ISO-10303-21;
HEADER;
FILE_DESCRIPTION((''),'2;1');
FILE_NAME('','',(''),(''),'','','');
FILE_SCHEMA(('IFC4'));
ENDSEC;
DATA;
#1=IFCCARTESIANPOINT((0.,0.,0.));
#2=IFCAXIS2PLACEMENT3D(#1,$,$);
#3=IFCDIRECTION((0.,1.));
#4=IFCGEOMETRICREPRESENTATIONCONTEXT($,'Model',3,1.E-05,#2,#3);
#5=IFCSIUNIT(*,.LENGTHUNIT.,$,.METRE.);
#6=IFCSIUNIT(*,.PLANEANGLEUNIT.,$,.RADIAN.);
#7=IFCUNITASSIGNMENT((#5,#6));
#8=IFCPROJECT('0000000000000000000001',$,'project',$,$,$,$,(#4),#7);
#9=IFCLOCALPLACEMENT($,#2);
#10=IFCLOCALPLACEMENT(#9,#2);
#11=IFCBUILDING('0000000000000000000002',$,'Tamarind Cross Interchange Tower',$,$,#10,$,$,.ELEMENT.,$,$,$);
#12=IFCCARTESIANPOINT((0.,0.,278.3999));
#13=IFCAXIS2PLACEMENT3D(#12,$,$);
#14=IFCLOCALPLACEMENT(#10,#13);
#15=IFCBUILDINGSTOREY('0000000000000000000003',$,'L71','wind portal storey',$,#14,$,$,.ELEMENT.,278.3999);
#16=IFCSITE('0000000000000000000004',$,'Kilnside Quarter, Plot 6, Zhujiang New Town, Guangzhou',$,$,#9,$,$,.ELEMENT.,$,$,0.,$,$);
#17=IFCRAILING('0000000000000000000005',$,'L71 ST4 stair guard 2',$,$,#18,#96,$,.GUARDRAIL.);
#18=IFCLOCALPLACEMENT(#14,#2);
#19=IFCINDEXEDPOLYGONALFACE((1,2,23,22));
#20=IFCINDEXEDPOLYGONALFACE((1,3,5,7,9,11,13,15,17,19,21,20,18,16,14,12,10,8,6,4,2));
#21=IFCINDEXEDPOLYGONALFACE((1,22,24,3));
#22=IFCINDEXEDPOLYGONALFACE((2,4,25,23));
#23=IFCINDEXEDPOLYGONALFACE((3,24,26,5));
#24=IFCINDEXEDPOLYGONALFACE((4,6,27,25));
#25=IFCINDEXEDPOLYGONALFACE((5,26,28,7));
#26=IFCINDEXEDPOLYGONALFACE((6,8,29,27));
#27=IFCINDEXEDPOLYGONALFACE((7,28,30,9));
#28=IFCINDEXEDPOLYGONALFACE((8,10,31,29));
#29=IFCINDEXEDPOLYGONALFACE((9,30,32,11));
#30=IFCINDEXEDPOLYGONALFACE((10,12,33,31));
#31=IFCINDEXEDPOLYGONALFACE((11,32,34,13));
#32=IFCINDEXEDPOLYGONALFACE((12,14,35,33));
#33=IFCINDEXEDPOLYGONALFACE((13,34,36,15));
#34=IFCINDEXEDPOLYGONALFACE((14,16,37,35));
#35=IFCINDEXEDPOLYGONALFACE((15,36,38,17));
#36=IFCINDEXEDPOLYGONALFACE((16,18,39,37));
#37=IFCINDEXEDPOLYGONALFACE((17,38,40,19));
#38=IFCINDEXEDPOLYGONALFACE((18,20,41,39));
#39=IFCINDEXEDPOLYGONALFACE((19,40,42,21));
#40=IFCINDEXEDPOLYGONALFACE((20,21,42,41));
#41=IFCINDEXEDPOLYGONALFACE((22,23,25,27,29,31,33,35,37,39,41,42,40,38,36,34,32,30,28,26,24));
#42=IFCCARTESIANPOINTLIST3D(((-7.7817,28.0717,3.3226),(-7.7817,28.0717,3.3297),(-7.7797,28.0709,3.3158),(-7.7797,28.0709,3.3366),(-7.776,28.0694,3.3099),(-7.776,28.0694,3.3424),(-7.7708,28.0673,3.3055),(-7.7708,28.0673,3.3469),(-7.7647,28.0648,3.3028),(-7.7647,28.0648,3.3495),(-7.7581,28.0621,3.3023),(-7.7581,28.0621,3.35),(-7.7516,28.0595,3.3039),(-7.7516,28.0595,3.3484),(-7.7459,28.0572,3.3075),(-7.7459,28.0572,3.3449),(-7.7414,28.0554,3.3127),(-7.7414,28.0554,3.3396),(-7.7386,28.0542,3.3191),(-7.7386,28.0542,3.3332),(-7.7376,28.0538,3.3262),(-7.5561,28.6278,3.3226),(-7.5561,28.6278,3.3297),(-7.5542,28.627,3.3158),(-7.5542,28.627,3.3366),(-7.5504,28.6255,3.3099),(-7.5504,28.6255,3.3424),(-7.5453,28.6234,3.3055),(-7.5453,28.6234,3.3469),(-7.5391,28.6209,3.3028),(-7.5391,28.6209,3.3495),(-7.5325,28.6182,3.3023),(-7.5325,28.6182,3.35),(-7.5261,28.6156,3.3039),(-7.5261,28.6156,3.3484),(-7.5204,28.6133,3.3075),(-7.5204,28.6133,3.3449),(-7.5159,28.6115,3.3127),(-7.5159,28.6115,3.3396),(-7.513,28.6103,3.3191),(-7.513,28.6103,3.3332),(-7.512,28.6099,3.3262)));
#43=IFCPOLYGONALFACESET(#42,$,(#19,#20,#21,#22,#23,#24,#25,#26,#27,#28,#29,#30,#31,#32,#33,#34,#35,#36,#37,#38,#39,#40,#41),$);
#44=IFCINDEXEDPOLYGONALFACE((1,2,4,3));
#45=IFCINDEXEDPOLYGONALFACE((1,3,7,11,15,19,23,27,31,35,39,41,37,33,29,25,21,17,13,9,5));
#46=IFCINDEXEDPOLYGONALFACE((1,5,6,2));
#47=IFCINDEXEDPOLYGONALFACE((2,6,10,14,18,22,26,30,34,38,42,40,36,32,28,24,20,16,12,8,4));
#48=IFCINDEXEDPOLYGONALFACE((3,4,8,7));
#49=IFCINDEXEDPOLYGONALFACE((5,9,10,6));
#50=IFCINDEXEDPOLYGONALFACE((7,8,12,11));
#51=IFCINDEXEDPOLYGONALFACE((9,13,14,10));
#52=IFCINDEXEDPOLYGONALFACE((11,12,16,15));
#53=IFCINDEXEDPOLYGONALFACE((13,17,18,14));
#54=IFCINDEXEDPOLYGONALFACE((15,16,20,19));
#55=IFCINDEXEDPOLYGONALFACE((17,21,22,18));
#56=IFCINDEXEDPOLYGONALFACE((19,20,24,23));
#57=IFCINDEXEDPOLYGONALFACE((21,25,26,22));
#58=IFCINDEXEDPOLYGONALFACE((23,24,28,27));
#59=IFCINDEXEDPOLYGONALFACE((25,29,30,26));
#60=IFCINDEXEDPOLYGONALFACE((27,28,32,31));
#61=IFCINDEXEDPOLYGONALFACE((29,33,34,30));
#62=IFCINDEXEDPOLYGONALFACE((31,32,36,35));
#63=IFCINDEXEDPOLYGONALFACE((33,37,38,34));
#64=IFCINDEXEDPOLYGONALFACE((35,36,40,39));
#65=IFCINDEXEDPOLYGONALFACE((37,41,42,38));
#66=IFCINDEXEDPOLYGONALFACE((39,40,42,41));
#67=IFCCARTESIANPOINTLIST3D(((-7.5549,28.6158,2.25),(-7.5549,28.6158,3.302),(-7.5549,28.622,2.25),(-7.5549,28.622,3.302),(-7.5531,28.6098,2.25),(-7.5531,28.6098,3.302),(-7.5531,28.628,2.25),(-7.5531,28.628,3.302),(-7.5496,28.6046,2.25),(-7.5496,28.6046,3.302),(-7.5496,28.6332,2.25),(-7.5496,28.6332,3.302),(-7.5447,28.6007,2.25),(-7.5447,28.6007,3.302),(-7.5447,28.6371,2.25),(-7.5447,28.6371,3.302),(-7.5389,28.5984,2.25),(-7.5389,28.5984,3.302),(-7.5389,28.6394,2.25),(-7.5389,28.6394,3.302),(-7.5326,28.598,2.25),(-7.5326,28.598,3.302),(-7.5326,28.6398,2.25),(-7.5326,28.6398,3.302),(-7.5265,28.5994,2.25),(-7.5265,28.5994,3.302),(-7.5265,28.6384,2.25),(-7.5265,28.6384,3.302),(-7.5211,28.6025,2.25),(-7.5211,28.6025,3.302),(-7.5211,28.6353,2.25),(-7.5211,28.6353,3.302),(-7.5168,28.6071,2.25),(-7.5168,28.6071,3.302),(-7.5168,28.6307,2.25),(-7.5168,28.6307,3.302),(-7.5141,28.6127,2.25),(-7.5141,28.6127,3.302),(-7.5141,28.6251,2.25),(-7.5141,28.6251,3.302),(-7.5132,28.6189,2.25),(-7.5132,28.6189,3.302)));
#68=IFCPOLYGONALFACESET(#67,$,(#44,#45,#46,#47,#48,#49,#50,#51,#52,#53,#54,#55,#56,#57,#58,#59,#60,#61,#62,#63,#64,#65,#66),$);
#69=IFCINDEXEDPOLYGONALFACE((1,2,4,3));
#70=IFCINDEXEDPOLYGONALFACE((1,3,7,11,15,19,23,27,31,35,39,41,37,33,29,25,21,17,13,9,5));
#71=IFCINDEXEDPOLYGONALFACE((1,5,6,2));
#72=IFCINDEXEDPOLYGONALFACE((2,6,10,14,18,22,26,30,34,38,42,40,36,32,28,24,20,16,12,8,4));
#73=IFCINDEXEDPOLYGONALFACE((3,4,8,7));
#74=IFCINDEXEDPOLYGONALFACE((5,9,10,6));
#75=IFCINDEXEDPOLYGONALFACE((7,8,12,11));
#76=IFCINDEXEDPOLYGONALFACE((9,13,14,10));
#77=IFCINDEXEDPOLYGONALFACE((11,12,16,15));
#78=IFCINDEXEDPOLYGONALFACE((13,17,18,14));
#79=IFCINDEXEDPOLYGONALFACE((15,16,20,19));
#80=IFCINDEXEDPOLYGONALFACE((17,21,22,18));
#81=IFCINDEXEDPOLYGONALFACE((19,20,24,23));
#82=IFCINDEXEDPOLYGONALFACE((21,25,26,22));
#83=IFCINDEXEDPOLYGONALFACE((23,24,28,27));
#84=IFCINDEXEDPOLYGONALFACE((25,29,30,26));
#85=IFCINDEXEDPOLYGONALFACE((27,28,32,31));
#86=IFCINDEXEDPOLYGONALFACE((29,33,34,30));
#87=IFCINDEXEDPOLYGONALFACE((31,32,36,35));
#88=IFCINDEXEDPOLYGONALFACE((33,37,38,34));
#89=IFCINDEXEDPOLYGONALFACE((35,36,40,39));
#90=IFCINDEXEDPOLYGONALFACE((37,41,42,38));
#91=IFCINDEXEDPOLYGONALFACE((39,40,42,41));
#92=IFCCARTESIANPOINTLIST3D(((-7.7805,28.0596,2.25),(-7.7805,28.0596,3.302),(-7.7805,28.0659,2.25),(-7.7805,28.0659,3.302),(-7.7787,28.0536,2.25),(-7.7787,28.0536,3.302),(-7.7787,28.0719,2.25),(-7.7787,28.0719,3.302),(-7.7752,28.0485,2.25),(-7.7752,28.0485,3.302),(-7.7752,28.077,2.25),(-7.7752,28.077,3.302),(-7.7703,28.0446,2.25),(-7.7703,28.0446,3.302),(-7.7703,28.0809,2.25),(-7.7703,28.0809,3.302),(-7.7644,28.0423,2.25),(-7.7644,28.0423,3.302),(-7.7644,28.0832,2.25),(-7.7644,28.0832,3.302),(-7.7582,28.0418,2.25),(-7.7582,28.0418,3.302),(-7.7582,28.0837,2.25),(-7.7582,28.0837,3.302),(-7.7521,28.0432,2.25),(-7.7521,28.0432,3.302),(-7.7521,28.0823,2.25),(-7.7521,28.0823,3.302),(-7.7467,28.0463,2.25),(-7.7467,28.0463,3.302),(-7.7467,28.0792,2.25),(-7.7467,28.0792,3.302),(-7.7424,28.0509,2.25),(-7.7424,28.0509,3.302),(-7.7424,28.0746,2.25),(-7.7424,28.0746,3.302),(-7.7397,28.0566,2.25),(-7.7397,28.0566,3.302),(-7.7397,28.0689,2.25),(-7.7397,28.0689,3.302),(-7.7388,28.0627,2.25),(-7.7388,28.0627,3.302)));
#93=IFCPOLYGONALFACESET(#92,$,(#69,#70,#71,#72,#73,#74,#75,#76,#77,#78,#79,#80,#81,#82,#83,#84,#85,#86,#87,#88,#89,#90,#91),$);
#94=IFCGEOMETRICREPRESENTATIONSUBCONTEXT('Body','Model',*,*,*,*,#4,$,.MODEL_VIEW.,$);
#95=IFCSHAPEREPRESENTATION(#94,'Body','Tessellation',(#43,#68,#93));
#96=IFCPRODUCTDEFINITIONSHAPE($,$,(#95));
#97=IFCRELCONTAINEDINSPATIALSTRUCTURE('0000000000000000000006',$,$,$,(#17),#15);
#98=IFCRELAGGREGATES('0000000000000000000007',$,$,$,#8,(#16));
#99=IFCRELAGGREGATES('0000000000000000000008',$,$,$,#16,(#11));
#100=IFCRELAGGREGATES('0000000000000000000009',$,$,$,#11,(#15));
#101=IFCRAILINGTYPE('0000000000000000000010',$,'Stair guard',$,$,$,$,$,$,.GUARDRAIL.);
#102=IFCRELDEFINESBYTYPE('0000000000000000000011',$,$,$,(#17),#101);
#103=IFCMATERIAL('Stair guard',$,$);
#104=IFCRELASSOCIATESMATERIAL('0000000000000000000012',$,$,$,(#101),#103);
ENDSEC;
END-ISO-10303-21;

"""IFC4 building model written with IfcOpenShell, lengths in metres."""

from ifc_helpers import new_model, si_unit, direction, frame, origin, origin_2d, place, context, subcontext, project, spatial, circle, extrude, material, type_object, element, save


model = new_model("IFC4")

# Units and contexts
model_context = context("Model", 3, precision=1e-05, world=origin(), true_north=direction((0.0, 1.0)))
body_context = subcontext(model_context, "Body", "Model", "MODEL_VIEW")
ifc_project = project(units=[si_unit("LENGTHUNIT", "METRE"), si_unit("PLANEANGLEUNIT", "RADIAN")], contexts=[model_context])

# Site, building, storey
site_placement = place(None, origin())
site = spatial("IfcSite", under=ifc_project, at=site_placement, Name="Kilnside Quarter, Plot 6, Zhujiang New Town, Guangzhou", CompositionType="ELEMENT", RefElevation=0.0)
building_placement = place(site_placement, origin())
building = spatial("IfcBuilding", under=site, at=building_placement, Name="Tamarind Cross Interchange Tower", CompositionType="ELEMENT")
storey_placement = place(building_placement, frame((0.0, 0.0, 278.3999)))
storey = spatial("IfcBuildingStorey", under=building, at=storey_placement, Name="L71", Description="wind portal storey", CompositionType="ELEMENT", Elevation=278.3999)

# Railing
ifc_material_1 = material(Name="Stair guard")
railing_type_1 = type_object("IfcRailingType", Name="Stair guard", PredefinedType="GUARDRAIL", material=ifc_material_1)
railing_1_placement = place(storey_placement, frame((-7.5342, 28.6189, 2.25)))
element("IfcRailing", 1, at=railing_1_placement, inside=storey, type_object=railing_type_1, Name="L71 ST4 stair guard 2", PredefinedType="GUARDRAIL", context=body_context, shape_type="SweptSolid", body=[
    extrude(circle(Radius=0.0239, at=origin_2d()), frame((0.0, 0.0, 1.0762), z_axis=(-0.375875, -0.92667, 0.0), x_axis=(0.92667, -0.375875, 0.0)), (0.0, 0.0, 1.0), 0.6001),
    extrude(circle(Radius=0.021, at=origin_2d()), origin(), (0.0, 0.0, 1.0), 1.052),
    extrude(circle(Radius=0.021, at=origin_2d()), frame((-0.2256, -0.5562, 0.0)), (0.0, 0.0, 1.0), 1.052),
])

save(model, "model.ifc")
